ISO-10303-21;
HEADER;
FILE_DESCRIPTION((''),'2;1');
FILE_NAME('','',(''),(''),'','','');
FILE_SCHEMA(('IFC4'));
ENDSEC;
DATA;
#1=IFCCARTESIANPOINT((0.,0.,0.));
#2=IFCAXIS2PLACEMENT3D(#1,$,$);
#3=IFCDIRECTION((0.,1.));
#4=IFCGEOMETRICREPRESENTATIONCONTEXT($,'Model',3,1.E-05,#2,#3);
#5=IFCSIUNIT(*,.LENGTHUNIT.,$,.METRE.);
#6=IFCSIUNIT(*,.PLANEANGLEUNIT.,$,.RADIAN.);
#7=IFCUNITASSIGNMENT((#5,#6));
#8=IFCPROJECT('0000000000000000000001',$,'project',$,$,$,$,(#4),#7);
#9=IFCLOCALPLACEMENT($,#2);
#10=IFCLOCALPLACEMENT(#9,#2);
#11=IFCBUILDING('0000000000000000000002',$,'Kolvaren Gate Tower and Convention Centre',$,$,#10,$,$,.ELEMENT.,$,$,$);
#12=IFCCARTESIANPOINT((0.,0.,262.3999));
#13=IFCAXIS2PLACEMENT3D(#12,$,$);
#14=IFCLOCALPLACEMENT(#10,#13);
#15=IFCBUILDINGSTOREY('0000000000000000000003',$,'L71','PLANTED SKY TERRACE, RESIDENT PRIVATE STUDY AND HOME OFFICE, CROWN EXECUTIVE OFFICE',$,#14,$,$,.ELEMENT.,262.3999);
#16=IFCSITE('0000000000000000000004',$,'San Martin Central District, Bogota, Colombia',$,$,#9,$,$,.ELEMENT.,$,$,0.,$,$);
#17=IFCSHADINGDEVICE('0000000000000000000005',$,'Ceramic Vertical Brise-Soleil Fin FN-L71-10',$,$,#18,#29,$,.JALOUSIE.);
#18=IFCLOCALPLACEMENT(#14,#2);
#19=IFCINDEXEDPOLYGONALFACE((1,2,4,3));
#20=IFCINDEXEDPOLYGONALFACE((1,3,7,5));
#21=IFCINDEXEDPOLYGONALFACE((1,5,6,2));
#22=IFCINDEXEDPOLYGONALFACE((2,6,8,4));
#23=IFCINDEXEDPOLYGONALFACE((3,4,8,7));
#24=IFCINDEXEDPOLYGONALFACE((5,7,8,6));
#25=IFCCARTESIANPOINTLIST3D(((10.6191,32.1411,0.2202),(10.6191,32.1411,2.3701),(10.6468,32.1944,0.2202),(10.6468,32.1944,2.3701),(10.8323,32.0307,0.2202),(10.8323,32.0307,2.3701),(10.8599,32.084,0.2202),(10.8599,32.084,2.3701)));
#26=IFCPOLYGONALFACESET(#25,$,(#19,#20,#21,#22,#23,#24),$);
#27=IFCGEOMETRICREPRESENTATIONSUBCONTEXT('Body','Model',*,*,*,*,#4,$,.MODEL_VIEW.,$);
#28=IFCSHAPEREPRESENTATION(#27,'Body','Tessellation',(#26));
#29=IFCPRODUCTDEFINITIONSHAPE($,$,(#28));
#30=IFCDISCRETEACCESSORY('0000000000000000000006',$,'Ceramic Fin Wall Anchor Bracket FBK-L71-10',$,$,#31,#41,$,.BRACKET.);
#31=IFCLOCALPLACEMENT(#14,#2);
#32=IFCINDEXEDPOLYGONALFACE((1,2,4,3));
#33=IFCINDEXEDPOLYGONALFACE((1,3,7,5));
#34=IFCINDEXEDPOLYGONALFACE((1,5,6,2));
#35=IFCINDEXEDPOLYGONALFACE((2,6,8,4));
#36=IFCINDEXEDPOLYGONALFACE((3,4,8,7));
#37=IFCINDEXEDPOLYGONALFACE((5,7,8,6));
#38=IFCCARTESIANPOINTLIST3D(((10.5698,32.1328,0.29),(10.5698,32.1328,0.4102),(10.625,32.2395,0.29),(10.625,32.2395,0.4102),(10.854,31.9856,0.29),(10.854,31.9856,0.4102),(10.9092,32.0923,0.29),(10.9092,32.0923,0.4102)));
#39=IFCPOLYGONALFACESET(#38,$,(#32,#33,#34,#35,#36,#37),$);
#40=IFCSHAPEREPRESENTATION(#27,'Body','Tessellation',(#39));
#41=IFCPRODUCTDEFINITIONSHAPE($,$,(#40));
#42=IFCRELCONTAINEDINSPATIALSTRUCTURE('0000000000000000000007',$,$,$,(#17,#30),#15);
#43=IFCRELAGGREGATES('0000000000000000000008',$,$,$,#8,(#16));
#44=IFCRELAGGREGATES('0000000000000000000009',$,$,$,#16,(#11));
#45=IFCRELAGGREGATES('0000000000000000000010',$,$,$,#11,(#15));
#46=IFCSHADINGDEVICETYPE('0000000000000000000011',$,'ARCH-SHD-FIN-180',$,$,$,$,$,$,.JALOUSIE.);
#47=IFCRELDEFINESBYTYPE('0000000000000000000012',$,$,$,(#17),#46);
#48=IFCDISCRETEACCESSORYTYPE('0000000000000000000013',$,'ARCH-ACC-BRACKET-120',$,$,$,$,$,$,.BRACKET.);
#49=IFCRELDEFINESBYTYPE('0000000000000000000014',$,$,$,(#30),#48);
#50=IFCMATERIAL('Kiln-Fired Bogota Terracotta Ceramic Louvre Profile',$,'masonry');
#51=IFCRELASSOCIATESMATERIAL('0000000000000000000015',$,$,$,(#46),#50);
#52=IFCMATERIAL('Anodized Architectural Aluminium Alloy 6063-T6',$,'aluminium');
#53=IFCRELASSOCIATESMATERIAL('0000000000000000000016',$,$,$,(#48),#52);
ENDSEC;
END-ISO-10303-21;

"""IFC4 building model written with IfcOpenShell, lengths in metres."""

from ifc_helpers import new_model, si_unit, direction, frame, origin, origin_2d, place, context, subcontext, project, spatial, rectangle, extrude, material, type_object, element, save


model = new_model("IFC4")

# Units and contexts
model_context = context("Model", 3, precision=1e-05, world=origin(), true_north=direction((0.0, 1.0)))
body_context = subcontext(model_context, "Body", "Model", "MODEL_VIEW")
ifc_project = project(units=[si_unit("LENGTHUNIT", "METRE"), si_unit("PLANEANGLEUNIT", "RADIAN")], contexts=[model_context])

# Site, building, storey
site_placement = place(None, origin())
site = spatial("IfcSite", under=ifc_project, at=site_placement, Name="San Martin Central District, Bogota, Colombia", CompositionType="ELEMENT", RefElevation=0.0)
building_placement = place(site_placement, origin())
building = spatial("IfcBuilding", under=site, at=building_placement, Name="Kolvaren Gate Tower and Convention Centre", CompositionType="ELEMENT")
storey_placement = place(building_placement, frame((0.0, 0.0, 262.3999)))
storey = spatial("IfcBuildingStorey", under=building, at=storey_placement, Name="L71", Description="PLANTED SKY TERRACE, RESIDENT PRIVATE STUDY AND HOME OFFICE, CROWN EXECUTIVE OFFICE", CompositionType="ELEMENT", Elevation=262.3999)

# Shading device
ifc_material_1 = material(Name="Kiln-Fired Bogota Terracotta Ceramic Louvre Profile", Category="masonry")
shading_device_type = type_object("IfcShadingDeviceType", Name="ARCH-SHD-FIN-180", PredefinedType="JALOUSIE", material=ifc_material_1)
shading_device_placement = place(storey_placement, frame((10.7395, 32.1125, 0.2202), z_axis=(0.0, 0.0, 1.0), x_axis=(0.459794, 0.888026, 0.0)))
element("IfcShadingDevice", 1, at=shading_device_placement, inside=storey, type_object=shading_device_type, Name="Ceramic Vertical Brise-Soleil Fin FN-L71-10", PredefinedType="JALOUSIE", context=body_context, shape_type="SweptSolid", body=[
    extrude(rectangle(XDim=0.0601, YDim=0.24, at=origin_2d()), origin(), (0.0, 0.0, 1.0), 2.1499),
])

# Discrete accessory
ifc_material_2 = material(Name="Anodized Architectural Aluminium Alloy 6063-T6", Category="aluminium")
discrete_accessory_type = type_object("IfcDiscreteAccessoryType", Name="ARCH-ACC-BRACKET-120", PredefinedType="BRACKET", material=ifc_material_2)
discrete_accessory_placement = place(storey_placement, frame((10.7395, 32.1125, 0.29), z_axis=(0.0, 0.0, 1.0), x_axis=(0.459794, 0.888026, 0.0)))
element("IfcDiscreteAccessory", 2, at=discrete_accessory_placement, inside=storey, type_object=discrete_accessory_type, Name="Ceramic Fin Wall Anchor Bracket FBK-L71-10", PredefinedType="BRACKET", context=body_context, shape_type="SweptSolid", body=[
    extrude(rectangle(XDim=0.1201, YDim=0.3201, at=origin_2d()), origin(), (0.0, 0.0, 1.0), 0.1201),
])

save(model, "model.ifc")
